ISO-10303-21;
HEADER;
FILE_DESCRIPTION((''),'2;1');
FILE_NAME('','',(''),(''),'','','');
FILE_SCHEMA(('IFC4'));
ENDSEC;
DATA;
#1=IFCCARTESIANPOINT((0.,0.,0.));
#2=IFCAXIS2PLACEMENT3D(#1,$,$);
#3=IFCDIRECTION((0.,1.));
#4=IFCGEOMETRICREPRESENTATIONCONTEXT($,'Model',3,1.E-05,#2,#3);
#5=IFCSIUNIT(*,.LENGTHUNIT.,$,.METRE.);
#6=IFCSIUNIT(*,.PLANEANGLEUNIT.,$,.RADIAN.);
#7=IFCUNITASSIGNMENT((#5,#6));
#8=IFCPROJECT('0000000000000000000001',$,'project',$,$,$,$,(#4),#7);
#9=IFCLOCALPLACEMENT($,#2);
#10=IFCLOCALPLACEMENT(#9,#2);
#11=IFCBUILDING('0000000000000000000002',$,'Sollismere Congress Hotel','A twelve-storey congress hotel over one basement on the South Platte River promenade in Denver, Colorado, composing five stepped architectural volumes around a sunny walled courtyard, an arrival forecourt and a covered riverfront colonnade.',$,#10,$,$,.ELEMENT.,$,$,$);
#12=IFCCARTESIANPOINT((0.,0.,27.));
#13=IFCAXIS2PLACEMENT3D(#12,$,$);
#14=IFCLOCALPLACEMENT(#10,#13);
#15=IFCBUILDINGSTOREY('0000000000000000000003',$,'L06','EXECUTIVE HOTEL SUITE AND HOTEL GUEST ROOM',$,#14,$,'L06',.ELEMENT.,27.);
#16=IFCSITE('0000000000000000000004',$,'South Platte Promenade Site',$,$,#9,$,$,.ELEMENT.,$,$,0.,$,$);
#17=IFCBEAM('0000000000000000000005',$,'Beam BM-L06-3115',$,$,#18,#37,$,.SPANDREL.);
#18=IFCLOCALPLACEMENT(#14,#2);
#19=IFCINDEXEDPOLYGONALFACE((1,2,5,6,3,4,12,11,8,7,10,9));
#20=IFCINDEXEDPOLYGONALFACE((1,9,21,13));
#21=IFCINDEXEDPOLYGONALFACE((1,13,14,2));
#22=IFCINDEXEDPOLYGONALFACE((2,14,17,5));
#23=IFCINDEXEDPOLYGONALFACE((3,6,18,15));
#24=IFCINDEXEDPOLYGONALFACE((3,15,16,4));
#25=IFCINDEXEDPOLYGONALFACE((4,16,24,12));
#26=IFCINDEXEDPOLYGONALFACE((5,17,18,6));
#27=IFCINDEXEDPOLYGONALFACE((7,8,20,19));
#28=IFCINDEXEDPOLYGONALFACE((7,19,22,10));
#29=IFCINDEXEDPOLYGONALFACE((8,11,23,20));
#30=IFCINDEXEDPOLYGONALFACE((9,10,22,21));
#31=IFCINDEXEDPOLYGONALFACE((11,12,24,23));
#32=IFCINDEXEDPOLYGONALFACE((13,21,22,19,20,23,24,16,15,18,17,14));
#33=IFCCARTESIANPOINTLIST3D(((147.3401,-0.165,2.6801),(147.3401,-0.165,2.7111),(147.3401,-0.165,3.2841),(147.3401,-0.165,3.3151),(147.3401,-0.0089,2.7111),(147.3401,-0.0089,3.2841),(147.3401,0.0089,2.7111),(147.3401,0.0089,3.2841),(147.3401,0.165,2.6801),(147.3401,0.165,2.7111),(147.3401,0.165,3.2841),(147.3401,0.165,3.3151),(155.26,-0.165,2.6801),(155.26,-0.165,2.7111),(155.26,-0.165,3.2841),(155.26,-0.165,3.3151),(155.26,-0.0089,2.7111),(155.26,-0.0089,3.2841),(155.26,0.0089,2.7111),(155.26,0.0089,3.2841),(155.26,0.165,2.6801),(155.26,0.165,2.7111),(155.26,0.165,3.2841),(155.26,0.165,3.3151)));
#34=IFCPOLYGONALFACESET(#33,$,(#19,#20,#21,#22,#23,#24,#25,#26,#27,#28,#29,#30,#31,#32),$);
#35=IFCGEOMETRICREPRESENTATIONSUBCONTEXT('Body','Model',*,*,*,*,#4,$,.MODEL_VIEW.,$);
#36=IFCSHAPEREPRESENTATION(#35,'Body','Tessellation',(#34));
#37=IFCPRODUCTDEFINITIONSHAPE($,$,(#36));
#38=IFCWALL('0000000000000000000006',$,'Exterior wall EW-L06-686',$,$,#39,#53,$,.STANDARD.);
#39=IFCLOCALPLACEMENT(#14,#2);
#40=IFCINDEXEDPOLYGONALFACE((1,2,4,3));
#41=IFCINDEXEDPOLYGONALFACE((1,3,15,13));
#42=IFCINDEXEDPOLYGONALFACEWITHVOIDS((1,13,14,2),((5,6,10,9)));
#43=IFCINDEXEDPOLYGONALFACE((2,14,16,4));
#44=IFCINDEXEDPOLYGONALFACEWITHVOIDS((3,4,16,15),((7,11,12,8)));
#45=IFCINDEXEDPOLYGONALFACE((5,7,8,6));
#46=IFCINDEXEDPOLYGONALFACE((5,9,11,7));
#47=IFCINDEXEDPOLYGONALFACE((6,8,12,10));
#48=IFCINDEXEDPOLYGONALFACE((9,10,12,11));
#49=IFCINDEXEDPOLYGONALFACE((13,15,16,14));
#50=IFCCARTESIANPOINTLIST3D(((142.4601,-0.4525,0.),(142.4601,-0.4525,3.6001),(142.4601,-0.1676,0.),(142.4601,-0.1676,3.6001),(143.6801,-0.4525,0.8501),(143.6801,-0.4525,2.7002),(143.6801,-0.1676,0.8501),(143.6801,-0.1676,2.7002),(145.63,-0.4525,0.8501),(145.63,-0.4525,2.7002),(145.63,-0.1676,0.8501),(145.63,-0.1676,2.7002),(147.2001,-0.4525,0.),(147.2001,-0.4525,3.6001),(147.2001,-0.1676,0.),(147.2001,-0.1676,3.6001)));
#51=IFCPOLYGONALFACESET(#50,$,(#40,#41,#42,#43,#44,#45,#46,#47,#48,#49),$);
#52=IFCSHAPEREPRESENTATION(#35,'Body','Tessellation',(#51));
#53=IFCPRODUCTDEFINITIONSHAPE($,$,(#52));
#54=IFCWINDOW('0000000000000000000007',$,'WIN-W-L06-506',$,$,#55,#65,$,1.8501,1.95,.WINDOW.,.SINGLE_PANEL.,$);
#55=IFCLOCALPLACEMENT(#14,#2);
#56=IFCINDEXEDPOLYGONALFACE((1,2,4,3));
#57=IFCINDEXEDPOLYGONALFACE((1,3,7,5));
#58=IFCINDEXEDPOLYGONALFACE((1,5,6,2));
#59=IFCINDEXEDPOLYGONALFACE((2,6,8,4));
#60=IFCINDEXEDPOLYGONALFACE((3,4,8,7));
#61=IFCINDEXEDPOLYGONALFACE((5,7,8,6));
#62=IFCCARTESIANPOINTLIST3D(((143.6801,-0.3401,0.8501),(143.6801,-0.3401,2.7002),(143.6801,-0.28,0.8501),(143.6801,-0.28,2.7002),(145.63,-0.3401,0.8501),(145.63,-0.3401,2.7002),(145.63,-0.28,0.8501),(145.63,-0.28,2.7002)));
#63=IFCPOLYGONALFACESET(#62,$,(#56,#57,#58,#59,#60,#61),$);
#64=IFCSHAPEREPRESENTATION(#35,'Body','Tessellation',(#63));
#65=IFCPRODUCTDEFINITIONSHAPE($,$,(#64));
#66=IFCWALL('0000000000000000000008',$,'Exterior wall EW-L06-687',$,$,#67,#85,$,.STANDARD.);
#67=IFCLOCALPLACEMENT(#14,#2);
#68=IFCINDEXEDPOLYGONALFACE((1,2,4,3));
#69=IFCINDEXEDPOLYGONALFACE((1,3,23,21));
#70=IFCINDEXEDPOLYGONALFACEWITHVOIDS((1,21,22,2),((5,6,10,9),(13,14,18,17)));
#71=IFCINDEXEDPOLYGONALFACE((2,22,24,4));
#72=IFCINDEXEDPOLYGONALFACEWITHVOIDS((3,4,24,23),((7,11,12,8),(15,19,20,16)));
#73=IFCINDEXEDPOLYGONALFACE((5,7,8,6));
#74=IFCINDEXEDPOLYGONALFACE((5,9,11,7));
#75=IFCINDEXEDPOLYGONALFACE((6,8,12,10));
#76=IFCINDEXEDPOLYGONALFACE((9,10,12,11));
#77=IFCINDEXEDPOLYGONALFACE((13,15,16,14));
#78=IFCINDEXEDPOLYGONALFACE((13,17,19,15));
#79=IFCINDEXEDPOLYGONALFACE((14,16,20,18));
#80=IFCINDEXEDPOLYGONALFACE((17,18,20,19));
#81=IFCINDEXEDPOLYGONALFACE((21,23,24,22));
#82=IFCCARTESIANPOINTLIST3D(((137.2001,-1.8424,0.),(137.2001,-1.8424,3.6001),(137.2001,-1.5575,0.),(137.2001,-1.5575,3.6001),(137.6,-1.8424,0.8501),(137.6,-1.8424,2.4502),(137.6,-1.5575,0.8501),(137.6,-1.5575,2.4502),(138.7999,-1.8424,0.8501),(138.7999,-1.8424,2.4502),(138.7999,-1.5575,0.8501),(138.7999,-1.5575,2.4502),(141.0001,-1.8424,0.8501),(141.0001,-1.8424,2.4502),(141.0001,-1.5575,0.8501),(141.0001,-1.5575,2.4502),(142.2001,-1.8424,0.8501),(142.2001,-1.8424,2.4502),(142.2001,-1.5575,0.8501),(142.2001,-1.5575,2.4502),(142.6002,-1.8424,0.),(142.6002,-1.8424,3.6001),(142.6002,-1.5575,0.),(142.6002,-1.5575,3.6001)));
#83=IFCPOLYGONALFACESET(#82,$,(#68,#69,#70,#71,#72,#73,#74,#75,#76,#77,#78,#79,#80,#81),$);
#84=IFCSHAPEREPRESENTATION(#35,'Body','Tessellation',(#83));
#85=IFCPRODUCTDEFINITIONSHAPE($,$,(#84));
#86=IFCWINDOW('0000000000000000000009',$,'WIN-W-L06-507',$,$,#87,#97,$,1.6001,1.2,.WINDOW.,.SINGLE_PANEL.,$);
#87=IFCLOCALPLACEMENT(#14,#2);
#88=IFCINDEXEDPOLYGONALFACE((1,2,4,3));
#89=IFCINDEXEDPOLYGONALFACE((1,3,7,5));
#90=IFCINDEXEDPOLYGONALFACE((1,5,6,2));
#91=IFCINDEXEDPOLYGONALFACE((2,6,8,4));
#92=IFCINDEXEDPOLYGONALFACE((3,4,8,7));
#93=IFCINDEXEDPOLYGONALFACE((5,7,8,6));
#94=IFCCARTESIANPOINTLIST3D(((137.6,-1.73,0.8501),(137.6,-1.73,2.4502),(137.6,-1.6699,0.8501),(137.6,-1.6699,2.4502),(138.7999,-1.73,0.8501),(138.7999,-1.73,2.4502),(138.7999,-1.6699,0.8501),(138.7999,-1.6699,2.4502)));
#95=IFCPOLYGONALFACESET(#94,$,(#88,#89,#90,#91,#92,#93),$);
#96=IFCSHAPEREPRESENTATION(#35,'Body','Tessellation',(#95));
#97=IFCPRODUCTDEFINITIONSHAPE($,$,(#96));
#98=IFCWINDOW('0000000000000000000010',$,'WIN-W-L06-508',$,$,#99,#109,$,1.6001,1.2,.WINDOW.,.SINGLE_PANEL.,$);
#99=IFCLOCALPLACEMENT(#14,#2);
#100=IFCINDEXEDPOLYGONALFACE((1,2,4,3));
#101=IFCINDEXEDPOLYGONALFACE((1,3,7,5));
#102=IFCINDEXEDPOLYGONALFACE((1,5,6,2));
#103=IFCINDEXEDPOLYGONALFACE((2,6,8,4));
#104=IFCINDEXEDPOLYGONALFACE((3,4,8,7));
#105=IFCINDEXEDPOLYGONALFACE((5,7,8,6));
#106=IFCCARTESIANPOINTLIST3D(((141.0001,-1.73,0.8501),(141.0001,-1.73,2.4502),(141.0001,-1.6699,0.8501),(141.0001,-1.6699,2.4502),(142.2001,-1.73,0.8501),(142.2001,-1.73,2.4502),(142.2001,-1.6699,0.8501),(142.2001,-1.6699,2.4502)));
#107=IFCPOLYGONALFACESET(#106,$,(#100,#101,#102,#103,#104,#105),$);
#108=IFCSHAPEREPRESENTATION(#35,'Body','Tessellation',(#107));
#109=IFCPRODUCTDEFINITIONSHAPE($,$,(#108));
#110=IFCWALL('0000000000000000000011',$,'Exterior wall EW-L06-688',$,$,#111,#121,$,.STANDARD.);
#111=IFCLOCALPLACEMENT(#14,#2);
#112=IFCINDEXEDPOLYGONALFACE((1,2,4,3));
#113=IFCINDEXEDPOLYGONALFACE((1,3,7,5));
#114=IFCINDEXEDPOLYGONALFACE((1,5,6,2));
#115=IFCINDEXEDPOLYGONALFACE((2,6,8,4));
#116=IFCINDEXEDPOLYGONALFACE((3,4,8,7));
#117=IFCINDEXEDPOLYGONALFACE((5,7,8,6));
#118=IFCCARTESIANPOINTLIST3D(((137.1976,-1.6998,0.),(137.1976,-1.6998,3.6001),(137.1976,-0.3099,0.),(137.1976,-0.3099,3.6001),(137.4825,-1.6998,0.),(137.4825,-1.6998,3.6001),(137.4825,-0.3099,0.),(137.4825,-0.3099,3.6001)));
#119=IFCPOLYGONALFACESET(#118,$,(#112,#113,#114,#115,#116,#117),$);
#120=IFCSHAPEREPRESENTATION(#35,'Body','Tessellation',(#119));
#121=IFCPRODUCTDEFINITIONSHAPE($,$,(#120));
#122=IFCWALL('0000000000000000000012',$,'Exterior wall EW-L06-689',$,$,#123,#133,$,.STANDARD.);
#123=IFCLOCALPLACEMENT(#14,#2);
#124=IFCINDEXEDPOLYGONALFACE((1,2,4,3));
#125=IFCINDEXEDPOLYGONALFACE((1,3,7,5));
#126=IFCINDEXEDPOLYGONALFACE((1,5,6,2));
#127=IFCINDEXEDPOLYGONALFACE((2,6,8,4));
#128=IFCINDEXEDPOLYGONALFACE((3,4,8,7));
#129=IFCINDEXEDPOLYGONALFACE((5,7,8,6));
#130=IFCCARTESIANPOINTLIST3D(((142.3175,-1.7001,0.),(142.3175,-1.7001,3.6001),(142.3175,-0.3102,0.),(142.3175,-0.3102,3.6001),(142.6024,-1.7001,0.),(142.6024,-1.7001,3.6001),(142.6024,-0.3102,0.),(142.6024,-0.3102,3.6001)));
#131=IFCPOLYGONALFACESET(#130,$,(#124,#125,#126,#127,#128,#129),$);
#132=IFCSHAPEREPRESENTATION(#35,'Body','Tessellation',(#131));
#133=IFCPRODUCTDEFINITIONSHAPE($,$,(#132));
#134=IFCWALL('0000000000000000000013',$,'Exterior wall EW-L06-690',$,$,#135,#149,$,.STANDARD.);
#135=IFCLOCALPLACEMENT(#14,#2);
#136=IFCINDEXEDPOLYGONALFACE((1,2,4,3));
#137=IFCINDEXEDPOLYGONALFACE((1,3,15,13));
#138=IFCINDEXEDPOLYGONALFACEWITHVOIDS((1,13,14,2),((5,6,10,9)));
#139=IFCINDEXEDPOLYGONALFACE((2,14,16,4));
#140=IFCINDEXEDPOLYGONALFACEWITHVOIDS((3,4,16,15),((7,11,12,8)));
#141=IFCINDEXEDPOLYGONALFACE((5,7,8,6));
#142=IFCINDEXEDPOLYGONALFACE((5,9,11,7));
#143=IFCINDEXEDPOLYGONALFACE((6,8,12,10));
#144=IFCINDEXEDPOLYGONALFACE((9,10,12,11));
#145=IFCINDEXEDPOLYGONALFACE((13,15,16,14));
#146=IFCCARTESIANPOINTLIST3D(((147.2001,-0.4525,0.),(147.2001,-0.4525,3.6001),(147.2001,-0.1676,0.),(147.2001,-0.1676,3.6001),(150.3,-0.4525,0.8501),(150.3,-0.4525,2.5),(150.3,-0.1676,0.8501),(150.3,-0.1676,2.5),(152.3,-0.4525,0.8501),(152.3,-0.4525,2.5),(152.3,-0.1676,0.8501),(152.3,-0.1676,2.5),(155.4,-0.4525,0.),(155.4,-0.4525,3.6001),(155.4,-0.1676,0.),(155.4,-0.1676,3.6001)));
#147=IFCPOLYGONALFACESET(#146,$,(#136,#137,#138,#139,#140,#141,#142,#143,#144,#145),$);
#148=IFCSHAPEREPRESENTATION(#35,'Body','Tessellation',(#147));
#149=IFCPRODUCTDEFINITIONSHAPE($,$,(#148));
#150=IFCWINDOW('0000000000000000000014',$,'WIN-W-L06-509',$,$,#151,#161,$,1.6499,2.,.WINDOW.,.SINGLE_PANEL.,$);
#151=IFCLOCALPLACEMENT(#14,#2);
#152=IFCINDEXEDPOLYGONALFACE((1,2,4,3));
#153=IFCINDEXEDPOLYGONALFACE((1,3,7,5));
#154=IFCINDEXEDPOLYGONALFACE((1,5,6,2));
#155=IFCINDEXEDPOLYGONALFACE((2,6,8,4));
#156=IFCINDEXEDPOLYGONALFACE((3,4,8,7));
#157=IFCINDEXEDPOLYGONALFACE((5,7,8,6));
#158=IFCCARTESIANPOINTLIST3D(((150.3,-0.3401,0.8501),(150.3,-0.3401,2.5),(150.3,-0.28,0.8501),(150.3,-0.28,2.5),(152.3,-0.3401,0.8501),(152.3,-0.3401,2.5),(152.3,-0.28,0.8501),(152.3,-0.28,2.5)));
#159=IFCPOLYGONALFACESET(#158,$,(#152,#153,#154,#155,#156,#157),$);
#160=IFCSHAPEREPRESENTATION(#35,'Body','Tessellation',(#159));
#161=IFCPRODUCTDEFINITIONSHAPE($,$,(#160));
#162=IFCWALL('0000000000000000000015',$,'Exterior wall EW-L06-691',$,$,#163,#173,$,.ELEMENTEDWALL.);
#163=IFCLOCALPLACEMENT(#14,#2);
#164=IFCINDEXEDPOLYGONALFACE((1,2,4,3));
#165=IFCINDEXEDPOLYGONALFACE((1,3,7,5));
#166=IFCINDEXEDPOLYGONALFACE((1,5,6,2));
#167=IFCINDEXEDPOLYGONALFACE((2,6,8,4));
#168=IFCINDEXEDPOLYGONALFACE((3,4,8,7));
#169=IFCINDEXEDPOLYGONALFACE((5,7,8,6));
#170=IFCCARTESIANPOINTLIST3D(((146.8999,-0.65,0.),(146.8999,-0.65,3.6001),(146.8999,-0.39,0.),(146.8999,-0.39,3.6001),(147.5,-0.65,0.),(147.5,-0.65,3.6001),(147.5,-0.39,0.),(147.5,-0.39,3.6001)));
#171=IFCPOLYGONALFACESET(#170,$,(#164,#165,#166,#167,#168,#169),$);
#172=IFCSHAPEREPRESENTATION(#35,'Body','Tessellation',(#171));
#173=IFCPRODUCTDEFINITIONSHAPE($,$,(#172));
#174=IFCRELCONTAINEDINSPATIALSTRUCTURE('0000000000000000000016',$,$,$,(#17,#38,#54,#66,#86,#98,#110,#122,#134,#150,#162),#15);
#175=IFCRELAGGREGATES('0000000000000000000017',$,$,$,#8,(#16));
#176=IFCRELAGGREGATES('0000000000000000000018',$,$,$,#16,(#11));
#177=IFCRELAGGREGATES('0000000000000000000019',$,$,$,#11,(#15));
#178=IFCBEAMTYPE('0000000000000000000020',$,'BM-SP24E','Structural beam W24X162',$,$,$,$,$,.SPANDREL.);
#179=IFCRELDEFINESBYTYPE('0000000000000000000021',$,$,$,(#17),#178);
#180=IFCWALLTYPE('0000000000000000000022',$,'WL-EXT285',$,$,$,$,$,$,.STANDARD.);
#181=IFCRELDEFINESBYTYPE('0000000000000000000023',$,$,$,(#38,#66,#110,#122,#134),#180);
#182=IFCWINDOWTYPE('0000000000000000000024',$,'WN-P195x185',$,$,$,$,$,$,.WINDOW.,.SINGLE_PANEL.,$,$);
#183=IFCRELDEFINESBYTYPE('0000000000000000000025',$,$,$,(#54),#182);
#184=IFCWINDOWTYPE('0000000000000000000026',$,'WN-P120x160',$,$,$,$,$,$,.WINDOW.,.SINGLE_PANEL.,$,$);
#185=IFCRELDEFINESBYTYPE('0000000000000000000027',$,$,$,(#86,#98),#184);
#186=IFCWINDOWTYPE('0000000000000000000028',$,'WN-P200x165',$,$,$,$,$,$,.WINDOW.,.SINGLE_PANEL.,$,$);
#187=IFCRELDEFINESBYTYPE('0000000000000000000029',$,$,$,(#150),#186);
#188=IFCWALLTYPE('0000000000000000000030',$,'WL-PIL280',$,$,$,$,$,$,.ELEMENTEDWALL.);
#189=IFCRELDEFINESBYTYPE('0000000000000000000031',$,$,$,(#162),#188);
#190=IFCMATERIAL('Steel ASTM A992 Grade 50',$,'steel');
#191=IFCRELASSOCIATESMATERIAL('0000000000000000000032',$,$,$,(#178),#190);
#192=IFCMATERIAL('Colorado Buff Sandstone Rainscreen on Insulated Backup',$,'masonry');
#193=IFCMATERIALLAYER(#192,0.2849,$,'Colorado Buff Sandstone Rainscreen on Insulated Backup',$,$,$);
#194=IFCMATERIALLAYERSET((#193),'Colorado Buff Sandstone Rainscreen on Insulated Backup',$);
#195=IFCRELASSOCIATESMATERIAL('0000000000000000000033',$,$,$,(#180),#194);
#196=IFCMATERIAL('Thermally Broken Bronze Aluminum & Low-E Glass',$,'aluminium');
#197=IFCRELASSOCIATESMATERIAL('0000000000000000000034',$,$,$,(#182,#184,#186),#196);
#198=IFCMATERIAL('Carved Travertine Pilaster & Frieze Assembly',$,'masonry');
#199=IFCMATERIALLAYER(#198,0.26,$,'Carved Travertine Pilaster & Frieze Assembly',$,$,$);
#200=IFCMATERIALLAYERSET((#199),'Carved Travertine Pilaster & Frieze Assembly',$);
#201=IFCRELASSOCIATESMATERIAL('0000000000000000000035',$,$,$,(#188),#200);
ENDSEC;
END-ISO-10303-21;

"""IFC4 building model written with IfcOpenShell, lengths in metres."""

from ifc_helpers import new_model, si_unit, direction, frame, frame_2d, origin, origin_2d, place, context, subcontext, project, spatial, rectangle, i_section, extrude, material, layer, layer_set, material_profile, profile_set, type_object, element, fill, save


model = new_model("IFC4")

# Units and contexts
model_context = context("Model", 3, precision=1e-05, world=origin(), true_north=direction((0.0, 1.0)))
body_context = subcontext(model_context, "Body", "Model", "MODEL_VIEW")
ifc_project = project(units=[si_unit("LENGTHUNIT", "METRE"), si_unit("PLANEANGLEUNIT", "RADIAN")], contexts=[model_context])

# Site, building, storey
site_placement = place(None, origin())
site = spatial("IfcSite", under=ifc_project, at=site_placement, Name="South Platte Promenade Site", CompositionType="ELEMENT", RefElevation=0.0)
building_placement = place(site_placement, origin())
building = spatial("IfcBuilding", under=site, at=building_placement, Name="Sollismere Congress Hotel", Description="A twelve-storey congress hotel over one basement on the South Platte River promenade in Denver, Colorado, composing five stepped architectural volumes around a sunny walled courtyard, an arrival forecourt and a covered riverfront colonnade.", CompositionType="ELEMENT")
storey_placement = place(building_placement, frame((0.0, 0.0, 27.0)))
storey = spatial("IfcBuildingStorey", under=building, at=storey_placement, Name="L06", Description="EXECUTIVE HOTEL SUITE AND HOTEL GUEST ROOM", LongName="L06", CompositionType="ELEMENT", Elevation=27.0)

# Shared definitions
ifc_material_1 = material(Name="Steel ASTM A992 Grade 50", Category="steel")

# Beam
ifc_material_profile_1 = material_profile(ifc_material_1, i_section(OverallWidth=0.3301, OverallDepth=0.635, WebThickness=0.0178, FlangeThickness=0.031, at=origin_2d()), Name="W24X162")
ifc_profile_set_1 = profile_set([ifc_material_profile_1], Name="Steel ASTM A992 Grade 50")
beam_type_1 = type_object("IfcBeamType", Name="BM-SP24E", Description="Structural beam W24X162", PredefinedType="SPANDREL", material=ifc_profile_set_1)
beam_1_placement = place(storey_placement, frame((147.3401, 0.0, 2.9976), z_axis=(1.0, 0.0, 0.0), x_axis=(0.0, 1.0, 0.0)))
element("IfcBeam", 1, at=beam_1_placement, inside=storey, type_object=beam_type_1, Name="Beam BM-L06-3115", PredefinedType="SPANDREL", context=body_context, shape_type="SweptSolid", body=[
    extrude(i_section(OverallWidth=0.3301, OverallDepth=0.635, WebThickness=0.0178, FlangeThickness=0.031, at=origin_2d()), origin(), (0.0, 0.0, 1.0), 7.9199),
])

# Wall, opening, window
ifc_material_2 = material(Name="Colorado Buff Sandstone Rainscreen on Insulated Backup", Category="masonry")
ifc_layer_1 = layer(ifc_material_2, 0.2849, Name="Colorado Buff Sandstone Rainscreen on Insulated Backup")
ifc_layer_set_1 = layer_set([ifc_layer_1], Name="Colorado Buff Sandstone Rainscreen on Insulated Backup")
wall_type_1 = type_object("IfcWallType", Name="WL-EXT285", PredefinedType="STANDARD", material=ifc_layer_set_1)
wall_1_placement = place(storey_placement, frame((142.46, -0.3101, 0.0), z_axis=(0.0, 0.0, 1.0), x_axis=(1.0, 0.0, 0.0)))
wall_1 = element("IfcWall", 2, at=wall_1_placement, inside=storey, type_object=wall_type_1, Name="Exterior wall EW-L06-686", PredefinedType="STANDARD", context=body_context, shape_type="SweptSolid", body=[
    extrude(rectangle(XDim=4.74, YDim=0.2849, at=frame_2d((2.3701, 0.0))), origin(), (0.0, 0.0, 1.0), 3.6001),
])
opening_1_placement = place(wall_1_placement, frame((1.22, 0.0, 0.8501)))
opening_1 = element("IfcOpeningElement", 3, at=opening_1_placement, cuts=wall_1, PredefinedType="OPENING", context=body_context, shape_type="SweptSolid", body=[
    extrude(rectangle(XDim=1.95, YDim=1.8501, at=frame_2d((0.9751, 0.925))), frame((0.0, 0.1523, 0.0), z_axis=(0.0, -1.0, 0.0), x_axis=(1.0, 0.0, 0.0)), (0.0, 0.0, 1.0), 0.3049),
])
ifc_material_3 = material(Name="Thermally Broken Bronze Aluminum & Low-E Glass", Category="aluminium")
window_type_1 = type_object("IfcWindowType", Name="WN-P195x185", PartitioningType="SINGLE_PANEL", PredefinedType="WINDOW", material=ifc_material_3)
window_1_placement = place(opening_1_placement, origin())
window_1 = element("IfcWindow", 4, at=window_1_placement, inside=storey, type_object=window_type_1, Name="WIN-W-L06-506", OverallHeight=1.8501, OverallWidth=1.95, PartitioningType="SINGLE_PANEL", PredefinedType="WINDOW", context=body_context, shape_type="SweptSolid", body=[
    extrude(rectangle(XDim=1.95, YDim=1.8501, at=frame_2d((0.9751, 0.925))), frame((0.0, 0.03, 0.0), z_axis=(0.0, -1.0, 0.0), x_axis=(1.0, 0.0, 0.0)), (0.0, 0.0, 1.0), 0.0601),
])
fill(opening_1, window_1)

# Wall, openings, windows
wall_2_placement = place(storey_placement, frame((137.2, -1.7, 0.0), z_axis=(0.0, 0.0, 1.0), x_axis=(1.0, 0.0, 0.0)))
wall_2 = element("IfcWall", 5, at=wall_2_placement, inside=storey, type_object=wall_type_1, Name="Exterior wall EW-L06-687", PredefinedType="STANDARD", context=body_context, shape_type="SweptSolid", body=[
    extrude(rectangle(XDim=5.4001, YDim=0.2849, at=frame_2d((2.7002, 0.0))), origin(), (0.0, 0.0, 1.0), 3.6001),
])
opening_2_placement = place(wall_2_placement, frame((0.3999, 0.0, 0.8501)))
opening_2 = element("IfcOpeningElement", 6, at=opening_2_placement, cuts=wall_2, PredefinedType="OPENING", context=body_context, shape_type="SweptSolid", body=[
    extrude(rectangle(XDim=1.2, YDim=1.6001, at=frame_2d((0.6001, 0.8))), frame((0.0, 0.1523, 0.0), z_axis=(0.0, -1.0, 0.0), x_axis=(1.0, 0.0, 0.0)), (0.0, 0.0, 1.0), 0.3049),
])
opening_3_placement = place(wall_2_placement, frame((3.8, 0.0, 0.8501)))
opening_3 = element("IfcOpeningElement", 7, at=opening_3_placement, cuts=wall_2, PredefinedType="OPENING", context=body_context, shape_type="SweptSolid", body=[
    extrude(rectangle(XDim=1.2, YDim=1.6001, at=frame_2d((0.6001, 0.8))), frame((0.0, 0.1523, 0.0), z_axis=(0.0, -1.0, 0.0), x_axis=(1.0, 0.0, 0.0)), (0.0, 0.0, 1.0), 0.3049),
])
window_type_2 = type_object("IfcWindowType", Name="WN-P120x160", PartitioningType="SINGLE_PANEL", PredefinedType="WINDOW", material=ifc_material_3)
window_2_placement = place(opening_2_placement, origin())
window_2 = element("IfcWindow", 8, at=window_2_placement, inside=storey, type_object=window_type_2, Name="WIN-W-L06-507", OverallHeight=1.6001, OverallWidth=1.2, PartitioningType="SINGLE_PANEL", PredefinedType="WINDOW", context=body_context, shape_type="SweptSolid", body=[
    extrude(rectangle(XDim=1.2, YDim=1.6001, at=frame_2d((0.6001, 0.8))), frame((0.0, 0.03, 0.0), z_axis=(0.0, -1.0, 0.0), x_axis=(1.0, 0.0, 0.0)), (0.0, 0.0, 1.0), 0.0601),
])
fill(opening_2, window_2)
window_3_placement = place(opening_3_placement, origin())
window_3 = element("IfcWindow", 9, at=window_3_placement, inside=storey, type_object=window_type_2, Name="WIN-W-L06-508", OverallHeight=1.6001, OverallWidth=1.2, PartitioningType="SINGLE_PANEL", PredefinedType="WINDOW", context=body_context, shape_type="SweptSolid", body=[
    extrude(rectangle(XDim=1.2, YDim=1.6001, at=frame_2d((0.6001, 0.8))), frame((0.0, 0.03, 0.0), z_axis=(0.0, -1.0, 0.0), x_axis=(1.0, 0.0, 0.0)), (0.0, 0.0, 1.0), 0.0601),
])
fill(opening_3, window_3)

# Walls
for number, where, z_axis, x_axis, name in (
    (10, (137.3401, -0.3101, 0.0), (0.0, 0.0, 1.0), (0.0, -1.0, 0.0), "Exterior wall EW-L06-688"),
    (11, (142.46, -1.7, 0.0), (0.0, 0.0, 1.0), (0.0, 1.0, 0.0), "Exterior wall EW-L06-689"),
):
    element("IfcWall", number, at=place(storey_placement, frame(where, z_axis=z_axis, x_axis=x_axis)), inside=storey, type_object=wall_type_1, Name=name, PredefinedType="STANDARD", context=body_context, shape_type="SweptSolid", body=[
        extrude(rectangle(XDim=1.3899, YDim=0.2849, at=frame_2d((0.6948, 0.0))), origin(), (0.0, 0.0, 1.0), 3.6001),
    ])

# Wall, opening, window
wall_3_placement = place(storey_placement, frame((147.2, -0.3101, 0.0), z_axis=(0.0, 0.0, 1.0), x_axis=(1.0, 0.0, 0.0)))
wall_3 = element("IfcWall", 12, at=wall_3_placement, inside=storey, type_object=wall_type_1, Name="Exterior wall EW-L06-690", PredefinedType="STANDARD", context=body_context, shape_type="SweptSolid", body=[
    extrude(rectangle(XDim=8.2, YDim=0.2849, at=frame_2d((4.1001, 0.0))), origin(), (0.0, 0.0, 1.0), 3.6001),
])
opening_4_placement = place(wall_3_placement, frame((3.1001, 0.0, 0.8501)))
opening_4 = element("IfcOpeningElement", 13, at=opening_4_placement, cuts=wall_3, PredefinedType="OPENING", context=body_context, shape_type="SweptSolid", body=[
    extrude(rectangle(XDim=2.0, YDim=1.6499, at=frame_2d((1.0, 0.825))), frame((0.0, 0.1523, 0.0), z_axis=(0.0, -1.0, 0.0), x_axis=(1.0, 0.0, 0.0)), (0.0, 0.0, 1.0), 0.3049),
])
window_type_3 = type_object("IfcWindowType", Name="WN-P200x165", PartitioningType="SINGLE_PANEL", PredefinedType="WINDOW", material=ifc_material_3)
window_4_placement = place(opening_4_placement, origin())
window_4 = element("IfcWindow", 14, at=window_4_placement, inside=storey, type_object=window_type_3, Name="WIN-W-L06-509", OverallHeight=1.6499, OverallWidth=2.0, PartitioningType="SINGLE_PANEL", PredefinedType="WINDOW", context=body_context, shape_type="SweptSolid", body=[
    extrude(rectangle(XDim=2.0, YDim=1.6499, at=frame_2d((1.0, 0.825))), frame((0.0, 0.03, 0.0), z_axis=(0.0, -1.0, 0.0), x_axis=(1.0, 0.0, 0.0)), (0.0, 0.0, 1.0), 0.0601),
])
fill(opening_4, window_4)

# Wall
ifc_material_4 = material(Name="Carved Travertine Pilaster & Frieze Assembly", Category="masonry")
ifc_layer_2 = layer(ifc_material_4, 0.26, Name="Carved Travertine Pilaster & Frieze Assembly")
ifc_layer_set_2 = layer_set([ifc_layer_2], Name="Carved Travertine Pilaster & Frieze Assembly")
wall_type_2 = type_object("IfcWallType", Name="WL-PIL280", PredefinedType="ELEMENTEDWALL", material=ifc_layer_set_2)
wall_4_placement = place(storey_placement, frame((146.8999, -0.52, 0.0), z_axis=(0.0, 0.0, 1.0), x_axis=(1.0, 0.0, 0.0)))
element("IfcWall", 15, at=wall_4_placement, inside=storey, type_object=wall_type_2, Name="Exterior wall EW-L06-691", PredefinedType="ELEMENTEDWALL", context=body_context, shape_type="SweptSolid", body=[
    extrude(rectangle(XDim=0.6001, YDim=0.26, at=frame_2d((0.3, 0.0))), origin(), (0.0, 0.0, 1.0), 3.6001),
])

save(model, "model.ifc")
